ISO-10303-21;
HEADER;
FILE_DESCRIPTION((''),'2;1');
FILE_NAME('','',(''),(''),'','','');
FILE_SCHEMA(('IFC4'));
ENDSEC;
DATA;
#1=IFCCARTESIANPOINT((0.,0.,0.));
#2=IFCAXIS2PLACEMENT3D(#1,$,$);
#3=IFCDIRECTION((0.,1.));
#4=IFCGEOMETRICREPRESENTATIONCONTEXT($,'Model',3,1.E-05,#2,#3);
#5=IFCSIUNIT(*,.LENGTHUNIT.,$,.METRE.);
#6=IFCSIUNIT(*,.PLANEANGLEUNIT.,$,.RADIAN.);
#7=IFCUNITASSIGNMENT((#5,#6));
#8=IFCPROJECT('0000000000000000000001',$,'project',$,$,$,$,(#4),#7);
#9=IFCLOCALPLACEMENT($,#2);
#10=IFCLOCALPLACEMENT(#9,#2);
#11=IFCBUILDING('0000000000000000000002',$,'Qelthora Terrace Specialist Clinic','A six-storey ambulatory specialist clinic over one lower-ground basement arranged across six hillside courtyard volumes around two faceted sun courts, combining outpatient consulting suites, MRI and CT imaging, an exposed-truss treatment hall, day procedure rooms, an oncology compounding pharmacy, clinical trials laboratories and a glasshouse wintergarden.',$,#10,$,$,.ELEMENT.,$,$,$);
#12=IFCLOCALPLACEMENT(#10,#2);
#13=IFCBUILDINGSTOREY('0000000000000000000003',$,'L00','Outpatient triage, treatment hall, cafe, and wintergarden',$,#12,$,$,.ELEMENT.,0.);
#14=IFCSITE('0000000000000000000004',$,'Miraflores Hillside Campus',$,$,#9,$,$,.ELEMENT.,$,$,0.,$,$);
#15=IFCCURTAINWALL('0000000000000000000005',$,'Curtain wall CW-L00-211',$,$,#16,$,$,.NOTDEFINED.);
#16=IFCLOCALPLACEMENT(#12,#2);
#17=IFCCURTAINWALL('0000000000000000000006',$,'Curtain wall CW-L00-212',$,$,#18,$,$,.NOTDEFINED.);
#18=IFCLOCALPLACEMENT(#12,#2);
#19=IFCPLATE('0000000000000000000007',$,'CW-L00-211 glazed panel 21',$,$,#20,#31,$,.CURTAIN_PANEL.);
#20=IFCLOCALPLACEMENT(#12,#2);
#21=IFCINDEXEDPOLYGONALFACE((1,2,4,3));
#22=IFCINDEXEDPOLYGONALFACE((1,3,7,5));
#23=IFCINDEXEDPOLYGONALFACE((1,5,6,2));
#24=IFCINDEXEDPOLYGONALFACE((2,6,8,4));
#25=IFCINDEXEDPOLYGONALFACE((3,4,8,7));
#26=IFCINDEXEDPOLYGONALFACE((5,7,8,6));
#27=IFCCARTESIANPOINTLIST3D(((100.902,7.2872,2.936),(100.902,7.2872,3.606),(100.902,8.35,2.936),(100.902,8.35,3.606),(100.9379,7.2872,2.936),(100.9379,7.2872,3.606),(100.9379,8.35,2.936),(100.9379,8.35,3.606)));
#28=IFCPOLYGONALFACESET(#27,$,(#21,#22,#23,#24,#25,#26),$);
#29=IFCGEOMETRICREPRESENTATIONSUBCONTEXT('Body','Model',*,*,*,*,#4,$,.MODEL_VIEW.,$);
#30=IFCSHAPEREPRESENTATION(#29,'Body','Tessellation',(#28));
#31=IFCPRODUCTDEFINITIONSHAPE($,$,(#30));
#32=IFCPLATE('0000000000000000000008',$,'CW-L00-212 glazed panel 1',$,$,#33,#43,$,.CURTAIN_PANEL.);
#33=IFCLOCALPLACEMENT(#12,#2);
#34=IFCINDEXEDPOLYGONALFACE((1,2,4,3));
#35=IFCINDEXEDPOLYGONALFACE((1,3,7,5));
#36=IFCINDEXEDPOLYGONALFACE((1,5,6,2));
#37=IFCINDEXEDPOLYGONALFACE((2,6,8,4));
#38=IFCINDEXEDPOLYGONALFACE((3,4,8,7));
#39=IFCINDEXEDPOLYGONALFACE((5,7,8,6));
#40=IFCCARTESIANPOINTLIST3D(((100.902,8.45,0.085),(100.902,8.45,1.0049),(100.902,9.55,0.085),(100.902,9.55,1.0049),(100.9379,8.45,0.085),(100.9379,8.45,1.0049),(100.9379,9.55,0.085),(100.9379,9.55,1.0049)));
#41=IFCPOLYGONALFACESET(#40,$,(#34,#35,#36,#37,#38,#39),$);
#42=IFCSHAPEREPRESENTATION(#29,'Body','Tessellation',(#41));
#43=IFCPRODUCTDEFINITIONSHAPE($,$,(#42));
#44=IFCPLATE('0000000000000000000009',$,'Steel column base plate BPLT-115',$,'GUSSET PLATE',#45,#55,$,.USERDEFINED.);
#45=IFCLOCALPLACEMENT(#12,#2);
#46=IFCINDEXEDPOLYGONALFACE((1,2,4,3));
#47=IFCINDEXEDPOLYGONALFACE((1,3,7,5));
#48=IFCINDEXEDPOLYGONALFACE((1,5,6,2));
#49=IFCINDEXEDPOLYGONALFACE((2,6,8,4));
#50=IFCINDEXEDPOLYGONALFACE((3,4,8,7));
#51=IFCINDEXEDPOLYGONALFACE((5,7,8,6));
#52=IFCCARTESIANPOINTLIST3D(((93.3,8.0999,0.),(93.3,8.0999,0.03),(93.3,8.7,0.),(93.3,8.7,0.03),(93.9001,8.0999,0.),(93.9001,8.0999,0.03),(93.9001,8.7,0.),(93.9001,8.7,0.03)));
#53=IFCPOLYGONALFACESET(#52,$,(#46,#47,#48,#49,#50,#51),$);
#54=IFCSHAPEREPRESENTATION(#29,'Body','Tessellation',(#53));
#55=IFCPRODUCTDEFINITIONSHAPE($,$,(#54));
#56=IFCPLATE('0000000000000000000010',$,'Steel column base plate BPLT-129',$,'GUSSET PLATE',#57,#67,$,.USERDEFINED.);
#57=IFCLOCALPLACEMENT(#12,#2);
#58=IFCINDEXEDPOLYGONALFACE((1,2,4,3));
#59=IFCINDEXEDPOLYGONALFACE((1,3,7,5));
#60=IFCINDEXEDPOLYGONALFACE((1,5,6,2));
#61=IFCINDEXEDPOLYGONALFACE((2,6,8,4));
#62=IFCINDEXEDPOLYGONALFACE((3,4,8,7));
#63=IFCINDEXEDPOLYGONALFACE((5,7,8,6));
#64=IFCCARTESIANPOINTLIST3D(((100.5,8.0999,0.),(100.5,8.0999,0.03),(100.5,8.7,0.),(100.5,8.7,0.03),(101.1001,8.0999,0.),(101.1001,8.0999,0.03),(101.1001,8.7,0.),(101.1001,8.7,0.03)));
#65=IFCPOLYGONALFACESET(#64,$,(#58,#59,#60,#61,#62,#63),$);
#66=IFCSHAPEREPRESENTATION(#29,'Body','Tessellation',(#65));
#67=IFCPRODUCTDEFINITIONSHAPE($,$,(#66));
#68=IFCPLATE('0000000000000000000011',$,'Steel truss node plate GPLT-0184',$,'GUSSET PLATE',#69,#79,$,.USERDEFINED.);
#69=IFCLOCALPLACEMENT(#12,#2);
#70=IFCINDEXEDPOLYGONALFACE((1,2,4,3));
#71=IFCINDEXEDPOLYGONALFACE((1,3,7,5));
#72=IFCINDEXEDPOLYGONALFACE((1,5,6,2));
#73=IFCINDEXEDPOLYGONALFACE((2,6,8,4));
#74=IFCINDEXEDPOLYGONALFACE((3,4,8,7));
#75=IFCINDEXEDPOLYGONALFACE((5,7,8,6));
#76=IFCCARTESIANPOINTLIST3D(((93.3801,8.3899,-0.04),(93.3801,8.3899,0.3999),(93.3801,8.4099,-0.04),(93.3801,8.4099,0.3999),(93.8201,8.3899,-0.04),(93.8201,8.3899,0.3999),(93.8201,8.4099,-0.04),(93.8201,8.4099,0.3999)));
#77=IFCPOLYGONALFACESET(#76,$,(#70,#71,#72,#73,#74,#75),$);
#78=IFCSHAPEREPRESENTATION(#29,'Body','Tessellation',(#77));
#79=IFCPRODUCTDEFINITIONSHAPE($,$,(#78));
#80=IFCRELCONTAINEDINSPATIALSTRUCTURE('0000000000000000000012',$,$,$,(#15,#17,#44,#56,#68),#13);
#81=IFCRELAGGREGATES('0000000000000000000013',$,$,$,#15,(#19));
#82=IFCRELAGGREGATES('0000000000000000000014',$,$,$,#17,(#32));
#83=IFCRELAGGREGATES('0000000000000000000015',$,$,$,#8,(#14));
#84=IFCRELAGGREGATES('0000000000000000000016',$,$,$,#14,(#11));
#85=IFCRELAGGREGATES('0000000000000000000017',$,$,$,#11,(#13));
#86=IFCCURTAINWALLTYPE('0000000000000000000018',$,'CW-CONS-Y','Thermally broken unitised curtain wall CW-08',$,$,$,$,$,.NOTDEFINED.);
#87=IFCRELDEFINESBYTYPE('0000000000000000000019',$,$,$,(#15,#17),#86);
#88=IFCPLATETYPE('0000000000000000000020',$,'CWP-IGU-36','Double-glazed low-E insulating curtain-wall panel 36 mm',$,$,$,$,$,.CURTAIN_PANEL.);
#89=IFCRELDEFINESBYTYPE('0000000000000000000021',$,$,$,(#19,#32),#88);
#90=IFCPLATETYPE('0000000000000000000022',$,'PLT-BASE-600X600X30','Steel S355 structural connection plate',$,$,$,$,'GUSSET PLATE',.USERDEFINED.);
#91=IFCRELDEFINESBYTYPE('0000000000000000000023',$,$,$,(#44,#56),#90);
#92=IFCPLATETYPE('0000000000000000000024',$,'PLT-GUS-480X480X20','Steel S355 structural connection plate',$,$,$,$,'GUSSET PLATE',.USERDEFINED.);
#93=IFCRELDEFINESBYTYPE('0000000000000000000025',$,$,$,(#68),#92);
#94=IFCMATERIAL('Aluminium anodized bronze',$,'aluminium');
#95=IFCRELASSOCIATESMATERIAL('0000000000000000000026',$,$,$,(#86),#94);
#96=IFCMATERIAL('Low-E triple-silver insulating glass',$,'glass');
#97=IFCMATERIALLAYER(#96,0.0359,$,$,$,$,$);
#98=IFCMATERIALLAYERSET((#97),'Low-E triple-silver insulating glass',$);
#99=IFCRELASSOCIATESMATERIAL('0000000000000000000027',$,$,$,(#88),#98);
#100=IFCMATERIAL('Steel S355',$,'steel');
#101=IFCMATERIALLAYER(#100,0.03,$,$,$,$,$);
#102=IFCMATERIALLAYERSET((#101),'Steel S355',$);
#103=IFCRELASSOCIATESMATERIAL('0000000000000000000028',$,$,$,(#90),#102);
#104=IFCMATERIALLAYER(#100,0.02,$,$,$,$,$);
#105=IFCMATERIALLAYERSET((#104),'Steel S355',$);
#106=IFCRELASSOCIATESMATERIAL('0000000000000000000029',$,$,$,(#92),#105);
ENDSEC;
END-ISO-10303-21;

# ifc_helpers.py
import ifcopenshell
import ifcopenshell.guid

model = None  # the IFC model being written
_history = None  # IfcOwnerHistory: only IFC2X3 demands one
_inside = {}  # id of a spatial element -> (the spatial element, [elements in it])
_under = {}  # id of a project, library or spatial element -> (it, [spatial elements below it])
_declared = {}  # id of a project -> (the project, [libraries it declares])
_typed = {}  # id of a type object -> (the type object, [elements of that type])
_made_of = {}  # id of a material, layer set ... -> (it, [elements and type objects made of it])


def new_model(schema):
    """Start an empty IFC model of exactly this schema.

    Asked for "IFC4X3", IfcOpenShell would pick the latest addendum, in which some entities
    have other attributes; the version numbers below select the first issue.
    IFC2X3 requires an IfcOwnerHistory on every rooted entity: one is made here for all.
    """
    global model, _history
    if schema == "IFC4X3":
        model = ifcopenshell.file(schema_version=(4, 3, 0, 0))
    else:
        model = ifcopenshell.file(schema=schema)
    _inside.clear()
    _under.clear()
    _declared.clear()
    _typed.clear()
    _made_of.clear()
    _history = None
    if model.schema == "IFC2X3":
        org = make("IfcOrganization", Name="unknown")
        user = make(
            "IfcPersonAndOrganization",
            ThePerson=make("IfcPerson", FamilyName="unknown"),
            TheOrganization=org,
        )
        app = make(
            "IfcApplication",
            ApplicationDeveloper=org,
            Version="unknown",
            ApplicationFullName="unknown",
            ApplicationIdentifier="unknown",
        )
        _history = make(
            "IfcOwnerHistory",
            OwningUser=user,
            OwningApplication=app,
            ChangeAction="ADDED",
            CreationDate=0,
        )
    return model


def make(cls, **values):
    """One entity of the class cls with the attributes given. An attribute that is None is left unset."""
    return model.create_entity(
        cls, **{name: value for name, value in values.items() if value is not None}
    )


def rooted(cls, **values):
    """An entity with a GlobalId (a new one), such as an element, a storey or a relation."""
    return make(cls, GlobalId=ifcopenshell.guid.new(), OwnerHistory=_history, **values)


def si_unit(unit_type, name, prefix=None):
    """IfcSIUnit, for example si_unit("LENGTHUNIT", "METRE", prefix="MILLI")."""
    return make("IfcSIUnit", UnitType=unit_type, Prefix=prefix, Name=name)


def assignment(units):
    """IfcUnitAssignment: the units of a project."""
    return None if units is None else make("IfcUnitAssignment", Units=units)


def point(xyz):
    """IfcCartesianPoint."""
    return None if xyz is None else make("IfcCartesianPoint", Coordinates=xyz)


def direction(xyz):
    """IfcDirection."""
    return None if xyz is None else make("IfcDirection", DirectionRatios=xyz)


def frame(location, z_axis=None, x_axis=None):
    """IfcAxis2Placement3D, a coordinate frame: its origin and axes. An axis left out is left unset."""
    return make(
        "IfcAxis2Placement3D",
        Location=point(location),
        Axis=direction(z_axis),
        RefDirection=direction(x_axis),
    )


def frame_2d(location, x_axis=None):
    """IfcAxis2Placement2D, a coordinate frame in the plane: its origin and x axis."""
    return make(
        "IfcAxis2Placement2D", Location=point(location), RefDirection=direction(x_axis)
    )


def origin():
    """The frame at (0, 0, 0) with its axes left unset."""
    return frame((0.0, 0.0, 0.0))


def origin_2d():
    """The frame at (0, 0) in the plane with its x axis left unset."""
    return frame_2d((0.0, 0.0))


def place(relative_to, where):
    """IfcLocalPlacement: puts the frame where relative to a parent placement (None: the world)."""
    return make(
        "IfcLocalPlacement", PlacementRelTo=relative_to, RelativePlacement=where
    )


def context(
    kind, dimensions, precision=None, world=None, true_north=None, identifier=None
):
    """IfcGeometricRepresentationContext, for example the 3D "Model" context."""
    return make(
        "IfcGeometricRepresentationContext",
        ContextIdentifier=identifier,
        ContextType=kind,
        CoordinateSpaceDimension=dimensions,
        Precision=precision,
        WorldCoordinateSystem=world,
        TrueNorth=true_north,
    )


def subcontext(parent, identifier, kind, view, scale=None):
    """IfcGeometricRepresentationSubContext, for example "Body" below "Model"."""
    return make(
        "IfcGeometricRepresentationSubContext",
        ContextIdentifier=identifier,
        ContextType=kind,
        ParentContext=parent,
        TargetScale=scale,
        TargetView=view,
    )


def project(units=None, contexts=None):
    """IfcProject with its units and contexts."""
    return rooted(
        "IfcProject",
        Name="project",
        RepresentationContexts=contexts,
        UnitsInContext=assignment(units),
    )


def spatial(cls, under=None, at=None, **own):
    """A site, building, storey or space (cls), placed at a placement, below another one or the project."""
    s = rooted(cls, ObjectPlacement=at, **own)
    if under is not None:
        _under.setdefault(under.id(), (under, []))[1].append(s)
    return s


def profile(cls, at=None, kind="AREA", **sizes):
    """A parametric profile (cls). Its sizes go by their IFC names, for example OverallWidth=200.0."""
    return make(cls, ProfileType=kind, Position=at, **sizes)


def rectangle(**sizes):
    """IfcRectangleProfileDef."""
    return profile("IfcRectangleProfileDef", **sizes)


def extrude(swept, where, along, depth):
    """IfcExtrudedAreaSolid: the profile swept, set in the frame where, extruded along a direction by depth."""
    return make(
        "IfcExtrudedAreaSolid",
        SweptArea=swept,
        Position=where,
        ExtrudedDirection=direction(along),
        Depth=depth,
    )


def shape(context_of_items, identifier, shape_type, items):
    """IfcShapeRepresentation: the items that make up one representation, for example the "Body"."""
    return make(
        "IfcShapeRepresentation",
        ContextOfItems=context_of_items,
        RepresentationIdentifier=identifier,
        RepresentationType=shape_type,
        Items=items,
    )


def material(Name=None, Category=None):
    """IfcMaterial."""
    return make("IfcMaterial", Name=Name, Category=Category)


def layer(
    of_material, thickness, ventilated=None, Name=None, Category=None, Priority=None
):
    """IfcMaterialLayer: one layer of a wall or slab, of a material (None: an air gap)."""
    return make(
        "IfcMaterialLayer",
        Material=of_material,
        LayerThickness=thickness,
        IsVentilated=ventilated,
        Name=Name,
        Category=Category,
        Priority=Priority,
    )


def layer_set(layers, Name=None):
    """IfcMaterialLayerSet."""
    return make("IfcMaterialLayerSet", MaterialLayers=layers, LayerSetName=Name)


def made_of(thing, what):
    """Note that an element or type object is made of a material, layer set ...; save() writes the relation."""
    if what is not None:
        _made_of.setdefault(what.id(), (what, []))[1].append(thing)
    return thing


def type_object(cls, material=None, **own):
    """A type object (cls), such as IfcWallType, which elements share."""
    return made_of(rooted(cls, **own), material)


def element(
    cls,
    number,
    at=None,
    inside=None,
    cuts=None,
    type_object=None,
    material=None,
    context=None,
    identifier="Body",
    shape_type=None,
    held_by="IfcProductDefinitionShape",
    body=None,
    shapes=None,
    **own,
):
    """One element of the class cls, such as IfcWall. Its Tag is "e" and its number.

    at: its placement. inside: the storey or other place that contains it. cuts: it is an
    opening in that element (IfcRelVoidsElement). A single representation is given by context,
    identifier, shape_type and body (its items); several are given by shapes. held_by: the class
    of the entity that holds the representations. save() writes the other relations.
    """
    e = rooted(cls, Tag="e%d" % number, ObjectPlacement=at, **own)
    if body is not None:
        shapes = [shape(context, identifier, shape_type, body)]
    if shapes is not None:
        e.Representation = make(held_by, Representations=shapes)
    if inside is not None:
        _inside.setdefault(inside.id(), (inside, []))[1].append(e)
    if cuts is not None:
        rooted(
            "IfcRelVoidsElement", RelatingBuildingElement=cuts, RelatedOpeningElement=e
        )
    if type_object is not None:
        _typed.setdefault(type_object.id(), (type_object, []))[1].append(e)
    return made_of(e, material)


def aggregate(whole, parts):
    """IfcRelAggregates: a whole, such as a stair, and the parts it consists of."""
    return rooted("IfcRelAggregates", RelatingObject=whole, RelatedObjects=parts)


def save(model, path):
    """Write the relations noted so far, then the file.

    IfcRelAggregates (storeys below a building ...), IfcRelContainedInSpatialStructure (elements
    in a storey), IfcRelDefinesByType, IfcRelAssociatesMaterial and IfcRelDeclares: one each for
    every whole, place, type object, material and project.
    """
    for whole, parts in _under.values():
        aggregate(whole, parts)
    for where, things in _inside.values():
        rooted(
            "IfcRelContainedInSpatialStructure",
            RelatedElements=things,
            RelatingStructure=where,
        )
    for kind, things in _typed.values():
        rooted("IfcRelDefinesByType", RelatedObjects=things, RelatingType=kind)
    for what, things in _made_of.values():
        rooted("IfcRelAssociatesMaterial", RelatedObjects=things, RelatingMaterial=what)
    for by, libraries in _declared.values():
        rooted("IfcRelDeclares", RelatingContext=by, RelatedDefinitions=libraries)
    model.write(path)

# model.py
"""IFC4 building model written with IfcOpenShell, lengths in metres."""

from ifc_helpers import new_model, si_unit, direction, frame, origin, origin_2d, place, context, subcontext, project, spatial, rectangle, extrude, material, layer, layer_set, type_object, element, aggregate, save


model = new_model("IFC4")

# Units and contexts
model_context = context("Model", 3, precision=1e-05, world=origin(), true_north=direction((0.0, 1.0)))
body_context = subcontext(model_context, "Body", "Model", "MODEL_VIEW")
ifc_project = project(units=[si_unit("LENGTHUNIT", "METRE"), si_unit("PLANEANGLEUNIT", "RADIAN")], contexts=[model_context])

# Site, building, storey
site_placement = place(None, origin())
site = spatial("IfcSite", under=ifc_project, at=site_placement, Name="Miraflores Hillside Campus", CompositionType="ELEMENT", RefElevation=0.0)
building_placement = place(site_placement, origin())
building = spatial("IfcBuilding", under=site, at=building_placement, Name="Qelthora Terrace Specialist Clinic", Description="A six-storey ambulatory specialist clinic over one lower-ground basement arranged across six hillside courtyard volumes around two faceted sun courts, combining outpatient consulting suites, MRI and CT imaging, an exposed-truss treatment hall, day procedure rooms, an oncology compounding pharmacy, clinical trials laboratories and a glasshouse wintergarden.", CompositionType="ELEMENT")
storey_placement = place(building_placement, origin())
storey = spatial("IfcBuildingStorey", under=building, at=storey_placement, Name="L00", Description="Outpatient triage, treatment hall, cafe, and wintergarden", CompositionType="ELEMENT", Elevation=0.0)

# Shared definitions
ifc_material_1 = material(Name="Steel S355", Category="steel")

# Curtain walls
ifc_material_2 = material(Name="Aluminium anodized bronze", Category="aluminium")
curtain_wall_type = type_object("IfcCurtainWallType", Name="CW-CONS-Y", Description="Thermally broken unitised curtain wall CW-08", PredefinedType="NOTDEFINED", material=ifc_material_2)
curtain_wall_1_placement = place(storey_placement, origin())
curtain_wall_1 = element("IfcCurtainWall", 1, at=curtain_wall_1_placement, inside=storey, type_object=curtain_wall_type, Name="Curtain wall CW-L00-211", PredefinedType="NOTDEFINED")
curtain_wall_2_placement = place(storey_placement, origin())
curtain_wall_2 = element("IfcCurtainWall", 2, at=curtain_wall_2_placement, inside=storey, type_object=curtain_wall_type, Name="Curtain wall CW-L00-212", PredefinedType="NOTDEFINED")

# Plates
ifc_material_3 = material(Name="Low-E triple-silver insulating glass", Category="glass")
ifc_layer_1 = layer(ifc_material_3, 0.0359)
ifc_layer_set_1 = layer_set([ifc_layer_1], Name="Low-E triple-silver insulating glass")
plate_type_1 = type_object("IfcPlateType", Name="CWP-IGU-36", Description="Double-glazed low-E insulating curtain-wall panel 36 mm", PredefinedType="CURTAIN_PANEL", material=ifc_layer_set_1)
plate_1_placement = place(storey_placement, frame((100.9199, 7.8186, 2.936), z_axis=(0.0, 0.0, 1.0), x_axis=(0.0, 1.0, 0.0)))
plate_1 = element("IfcPlate", 3, at=plate_1_placement, type_object=plate_type_1, Name="CW-L00-211 glazed panel 21", PredefinedType="CURTAIN_PANEL", context=body_context, shape_type="SweptSolid", body=[
    extrude(rectangle(XDim=1.0627, YDim=0.0359, at=origin_2d()), origin(), (0.0, 0.0, 1.0), 0.6699),
])
aggregate(curtain_wall_1, [plate_1])
plate_2_placement = place(storey_placement, frame((100.9199, 9.0, 0.085), z_axis=(0.0, 0.0, 1.0), x_axis=(0.0, 1.0, 0.0)))
plate_2 = element("IfcPlate", 4, at=plate_2_placement, type_object=plate_type_1, Name="CW-L00-212 glazed panel 1", PredefinedType="CURTAIN_PANEL", context=body_context, shape_type="SweptSolid", body=[
    extrude(rectangle(XDim=1.1001, YDim=0.0359, at=origin_2d()), origin(), (0.0, 0.0, 1.0), 0.9199),
])
aggregate(curtain_wall_2, [plate_2])

# Plates
ifc_layer_2 = layer(ifc_material_1, 0.03)
ifc_layer_set_2 = layer_set([ifc_layer_2], Name="Steel S355")
plate_type_2 = type_object("IfcPlateType", Name="PLT-BASE-600X600X30", Description="Steel S355 structural connection plate", ElementType="GUSSET PLATE", PredefinedType="USERDEFINED", material=ifc_layer_set_2)
for number, where, z_axis, x_axis, name in (
    (5, (93.6001, 8.3999, 0.0), (0.0, 0.0, 1.0), (1.0, 0.0, 0.0), "Steel column base plate BPLT-115"),
    (6, (100.8, 8.3999, 0.0), (0.0, 0.0, 1.0), (1.0, 0.0, 0.0), "Steel column base plate BPLT-129"),
):
    element("IfcPlate", number, at=place(storey_placement, frame(where, z_axis=z_axis, x_axis=x_axis)), inside=storey, type_object=plate_type_2, Name=name, ObjectType="GUSSET PLATE", PredefinedType="USERDEFINED", context=body_context, shape_type="SweptSolid", body=[
        extrude(rectangle(XDim=0.6001, YDim=0.6001, at=origin_2d()), origin(), (0.0, 0.0, 1.0), 0.03),
    ])
ifc_layer_3 = layer(ifc_material_1, 0.02)
ifc_layer_set_3 = layer_set([ifc_layer_3], Name="Steel S355")
plate_type_3 = type_object("IfcPlateType", Name="PLT-GUS-480X480X20", Description="Steel S355 structural connection plate", ElementType="GUSSET PLATE", PredefinedType="USERDEFINED", material=ifc_layer_set_3)
plate_3_placement = place(storey_placement, frame((93.6001, 8.3999, -0.04), z_axis=(0.0, 0.0, 1.0), x_axis=(1.0, 0.0, 0.0)))
element("IfcPlate", 7, at=plate_3_placement, inside=storey, type_object=plate_type_3, Name="Steel truss node plate GPLT-0184", ObjectType="GUSSET PLATE", PredefinedType="USERDEFINED", context=body_context, shape_type="SweptSolid", body=[
    extrude(rectangle(XDim=0.4399, YDim=0.02, at=origin_2d()), origin(), (0.0, 0.0, 1.0), 0.4399),
])

save(model, "model.ifc")
